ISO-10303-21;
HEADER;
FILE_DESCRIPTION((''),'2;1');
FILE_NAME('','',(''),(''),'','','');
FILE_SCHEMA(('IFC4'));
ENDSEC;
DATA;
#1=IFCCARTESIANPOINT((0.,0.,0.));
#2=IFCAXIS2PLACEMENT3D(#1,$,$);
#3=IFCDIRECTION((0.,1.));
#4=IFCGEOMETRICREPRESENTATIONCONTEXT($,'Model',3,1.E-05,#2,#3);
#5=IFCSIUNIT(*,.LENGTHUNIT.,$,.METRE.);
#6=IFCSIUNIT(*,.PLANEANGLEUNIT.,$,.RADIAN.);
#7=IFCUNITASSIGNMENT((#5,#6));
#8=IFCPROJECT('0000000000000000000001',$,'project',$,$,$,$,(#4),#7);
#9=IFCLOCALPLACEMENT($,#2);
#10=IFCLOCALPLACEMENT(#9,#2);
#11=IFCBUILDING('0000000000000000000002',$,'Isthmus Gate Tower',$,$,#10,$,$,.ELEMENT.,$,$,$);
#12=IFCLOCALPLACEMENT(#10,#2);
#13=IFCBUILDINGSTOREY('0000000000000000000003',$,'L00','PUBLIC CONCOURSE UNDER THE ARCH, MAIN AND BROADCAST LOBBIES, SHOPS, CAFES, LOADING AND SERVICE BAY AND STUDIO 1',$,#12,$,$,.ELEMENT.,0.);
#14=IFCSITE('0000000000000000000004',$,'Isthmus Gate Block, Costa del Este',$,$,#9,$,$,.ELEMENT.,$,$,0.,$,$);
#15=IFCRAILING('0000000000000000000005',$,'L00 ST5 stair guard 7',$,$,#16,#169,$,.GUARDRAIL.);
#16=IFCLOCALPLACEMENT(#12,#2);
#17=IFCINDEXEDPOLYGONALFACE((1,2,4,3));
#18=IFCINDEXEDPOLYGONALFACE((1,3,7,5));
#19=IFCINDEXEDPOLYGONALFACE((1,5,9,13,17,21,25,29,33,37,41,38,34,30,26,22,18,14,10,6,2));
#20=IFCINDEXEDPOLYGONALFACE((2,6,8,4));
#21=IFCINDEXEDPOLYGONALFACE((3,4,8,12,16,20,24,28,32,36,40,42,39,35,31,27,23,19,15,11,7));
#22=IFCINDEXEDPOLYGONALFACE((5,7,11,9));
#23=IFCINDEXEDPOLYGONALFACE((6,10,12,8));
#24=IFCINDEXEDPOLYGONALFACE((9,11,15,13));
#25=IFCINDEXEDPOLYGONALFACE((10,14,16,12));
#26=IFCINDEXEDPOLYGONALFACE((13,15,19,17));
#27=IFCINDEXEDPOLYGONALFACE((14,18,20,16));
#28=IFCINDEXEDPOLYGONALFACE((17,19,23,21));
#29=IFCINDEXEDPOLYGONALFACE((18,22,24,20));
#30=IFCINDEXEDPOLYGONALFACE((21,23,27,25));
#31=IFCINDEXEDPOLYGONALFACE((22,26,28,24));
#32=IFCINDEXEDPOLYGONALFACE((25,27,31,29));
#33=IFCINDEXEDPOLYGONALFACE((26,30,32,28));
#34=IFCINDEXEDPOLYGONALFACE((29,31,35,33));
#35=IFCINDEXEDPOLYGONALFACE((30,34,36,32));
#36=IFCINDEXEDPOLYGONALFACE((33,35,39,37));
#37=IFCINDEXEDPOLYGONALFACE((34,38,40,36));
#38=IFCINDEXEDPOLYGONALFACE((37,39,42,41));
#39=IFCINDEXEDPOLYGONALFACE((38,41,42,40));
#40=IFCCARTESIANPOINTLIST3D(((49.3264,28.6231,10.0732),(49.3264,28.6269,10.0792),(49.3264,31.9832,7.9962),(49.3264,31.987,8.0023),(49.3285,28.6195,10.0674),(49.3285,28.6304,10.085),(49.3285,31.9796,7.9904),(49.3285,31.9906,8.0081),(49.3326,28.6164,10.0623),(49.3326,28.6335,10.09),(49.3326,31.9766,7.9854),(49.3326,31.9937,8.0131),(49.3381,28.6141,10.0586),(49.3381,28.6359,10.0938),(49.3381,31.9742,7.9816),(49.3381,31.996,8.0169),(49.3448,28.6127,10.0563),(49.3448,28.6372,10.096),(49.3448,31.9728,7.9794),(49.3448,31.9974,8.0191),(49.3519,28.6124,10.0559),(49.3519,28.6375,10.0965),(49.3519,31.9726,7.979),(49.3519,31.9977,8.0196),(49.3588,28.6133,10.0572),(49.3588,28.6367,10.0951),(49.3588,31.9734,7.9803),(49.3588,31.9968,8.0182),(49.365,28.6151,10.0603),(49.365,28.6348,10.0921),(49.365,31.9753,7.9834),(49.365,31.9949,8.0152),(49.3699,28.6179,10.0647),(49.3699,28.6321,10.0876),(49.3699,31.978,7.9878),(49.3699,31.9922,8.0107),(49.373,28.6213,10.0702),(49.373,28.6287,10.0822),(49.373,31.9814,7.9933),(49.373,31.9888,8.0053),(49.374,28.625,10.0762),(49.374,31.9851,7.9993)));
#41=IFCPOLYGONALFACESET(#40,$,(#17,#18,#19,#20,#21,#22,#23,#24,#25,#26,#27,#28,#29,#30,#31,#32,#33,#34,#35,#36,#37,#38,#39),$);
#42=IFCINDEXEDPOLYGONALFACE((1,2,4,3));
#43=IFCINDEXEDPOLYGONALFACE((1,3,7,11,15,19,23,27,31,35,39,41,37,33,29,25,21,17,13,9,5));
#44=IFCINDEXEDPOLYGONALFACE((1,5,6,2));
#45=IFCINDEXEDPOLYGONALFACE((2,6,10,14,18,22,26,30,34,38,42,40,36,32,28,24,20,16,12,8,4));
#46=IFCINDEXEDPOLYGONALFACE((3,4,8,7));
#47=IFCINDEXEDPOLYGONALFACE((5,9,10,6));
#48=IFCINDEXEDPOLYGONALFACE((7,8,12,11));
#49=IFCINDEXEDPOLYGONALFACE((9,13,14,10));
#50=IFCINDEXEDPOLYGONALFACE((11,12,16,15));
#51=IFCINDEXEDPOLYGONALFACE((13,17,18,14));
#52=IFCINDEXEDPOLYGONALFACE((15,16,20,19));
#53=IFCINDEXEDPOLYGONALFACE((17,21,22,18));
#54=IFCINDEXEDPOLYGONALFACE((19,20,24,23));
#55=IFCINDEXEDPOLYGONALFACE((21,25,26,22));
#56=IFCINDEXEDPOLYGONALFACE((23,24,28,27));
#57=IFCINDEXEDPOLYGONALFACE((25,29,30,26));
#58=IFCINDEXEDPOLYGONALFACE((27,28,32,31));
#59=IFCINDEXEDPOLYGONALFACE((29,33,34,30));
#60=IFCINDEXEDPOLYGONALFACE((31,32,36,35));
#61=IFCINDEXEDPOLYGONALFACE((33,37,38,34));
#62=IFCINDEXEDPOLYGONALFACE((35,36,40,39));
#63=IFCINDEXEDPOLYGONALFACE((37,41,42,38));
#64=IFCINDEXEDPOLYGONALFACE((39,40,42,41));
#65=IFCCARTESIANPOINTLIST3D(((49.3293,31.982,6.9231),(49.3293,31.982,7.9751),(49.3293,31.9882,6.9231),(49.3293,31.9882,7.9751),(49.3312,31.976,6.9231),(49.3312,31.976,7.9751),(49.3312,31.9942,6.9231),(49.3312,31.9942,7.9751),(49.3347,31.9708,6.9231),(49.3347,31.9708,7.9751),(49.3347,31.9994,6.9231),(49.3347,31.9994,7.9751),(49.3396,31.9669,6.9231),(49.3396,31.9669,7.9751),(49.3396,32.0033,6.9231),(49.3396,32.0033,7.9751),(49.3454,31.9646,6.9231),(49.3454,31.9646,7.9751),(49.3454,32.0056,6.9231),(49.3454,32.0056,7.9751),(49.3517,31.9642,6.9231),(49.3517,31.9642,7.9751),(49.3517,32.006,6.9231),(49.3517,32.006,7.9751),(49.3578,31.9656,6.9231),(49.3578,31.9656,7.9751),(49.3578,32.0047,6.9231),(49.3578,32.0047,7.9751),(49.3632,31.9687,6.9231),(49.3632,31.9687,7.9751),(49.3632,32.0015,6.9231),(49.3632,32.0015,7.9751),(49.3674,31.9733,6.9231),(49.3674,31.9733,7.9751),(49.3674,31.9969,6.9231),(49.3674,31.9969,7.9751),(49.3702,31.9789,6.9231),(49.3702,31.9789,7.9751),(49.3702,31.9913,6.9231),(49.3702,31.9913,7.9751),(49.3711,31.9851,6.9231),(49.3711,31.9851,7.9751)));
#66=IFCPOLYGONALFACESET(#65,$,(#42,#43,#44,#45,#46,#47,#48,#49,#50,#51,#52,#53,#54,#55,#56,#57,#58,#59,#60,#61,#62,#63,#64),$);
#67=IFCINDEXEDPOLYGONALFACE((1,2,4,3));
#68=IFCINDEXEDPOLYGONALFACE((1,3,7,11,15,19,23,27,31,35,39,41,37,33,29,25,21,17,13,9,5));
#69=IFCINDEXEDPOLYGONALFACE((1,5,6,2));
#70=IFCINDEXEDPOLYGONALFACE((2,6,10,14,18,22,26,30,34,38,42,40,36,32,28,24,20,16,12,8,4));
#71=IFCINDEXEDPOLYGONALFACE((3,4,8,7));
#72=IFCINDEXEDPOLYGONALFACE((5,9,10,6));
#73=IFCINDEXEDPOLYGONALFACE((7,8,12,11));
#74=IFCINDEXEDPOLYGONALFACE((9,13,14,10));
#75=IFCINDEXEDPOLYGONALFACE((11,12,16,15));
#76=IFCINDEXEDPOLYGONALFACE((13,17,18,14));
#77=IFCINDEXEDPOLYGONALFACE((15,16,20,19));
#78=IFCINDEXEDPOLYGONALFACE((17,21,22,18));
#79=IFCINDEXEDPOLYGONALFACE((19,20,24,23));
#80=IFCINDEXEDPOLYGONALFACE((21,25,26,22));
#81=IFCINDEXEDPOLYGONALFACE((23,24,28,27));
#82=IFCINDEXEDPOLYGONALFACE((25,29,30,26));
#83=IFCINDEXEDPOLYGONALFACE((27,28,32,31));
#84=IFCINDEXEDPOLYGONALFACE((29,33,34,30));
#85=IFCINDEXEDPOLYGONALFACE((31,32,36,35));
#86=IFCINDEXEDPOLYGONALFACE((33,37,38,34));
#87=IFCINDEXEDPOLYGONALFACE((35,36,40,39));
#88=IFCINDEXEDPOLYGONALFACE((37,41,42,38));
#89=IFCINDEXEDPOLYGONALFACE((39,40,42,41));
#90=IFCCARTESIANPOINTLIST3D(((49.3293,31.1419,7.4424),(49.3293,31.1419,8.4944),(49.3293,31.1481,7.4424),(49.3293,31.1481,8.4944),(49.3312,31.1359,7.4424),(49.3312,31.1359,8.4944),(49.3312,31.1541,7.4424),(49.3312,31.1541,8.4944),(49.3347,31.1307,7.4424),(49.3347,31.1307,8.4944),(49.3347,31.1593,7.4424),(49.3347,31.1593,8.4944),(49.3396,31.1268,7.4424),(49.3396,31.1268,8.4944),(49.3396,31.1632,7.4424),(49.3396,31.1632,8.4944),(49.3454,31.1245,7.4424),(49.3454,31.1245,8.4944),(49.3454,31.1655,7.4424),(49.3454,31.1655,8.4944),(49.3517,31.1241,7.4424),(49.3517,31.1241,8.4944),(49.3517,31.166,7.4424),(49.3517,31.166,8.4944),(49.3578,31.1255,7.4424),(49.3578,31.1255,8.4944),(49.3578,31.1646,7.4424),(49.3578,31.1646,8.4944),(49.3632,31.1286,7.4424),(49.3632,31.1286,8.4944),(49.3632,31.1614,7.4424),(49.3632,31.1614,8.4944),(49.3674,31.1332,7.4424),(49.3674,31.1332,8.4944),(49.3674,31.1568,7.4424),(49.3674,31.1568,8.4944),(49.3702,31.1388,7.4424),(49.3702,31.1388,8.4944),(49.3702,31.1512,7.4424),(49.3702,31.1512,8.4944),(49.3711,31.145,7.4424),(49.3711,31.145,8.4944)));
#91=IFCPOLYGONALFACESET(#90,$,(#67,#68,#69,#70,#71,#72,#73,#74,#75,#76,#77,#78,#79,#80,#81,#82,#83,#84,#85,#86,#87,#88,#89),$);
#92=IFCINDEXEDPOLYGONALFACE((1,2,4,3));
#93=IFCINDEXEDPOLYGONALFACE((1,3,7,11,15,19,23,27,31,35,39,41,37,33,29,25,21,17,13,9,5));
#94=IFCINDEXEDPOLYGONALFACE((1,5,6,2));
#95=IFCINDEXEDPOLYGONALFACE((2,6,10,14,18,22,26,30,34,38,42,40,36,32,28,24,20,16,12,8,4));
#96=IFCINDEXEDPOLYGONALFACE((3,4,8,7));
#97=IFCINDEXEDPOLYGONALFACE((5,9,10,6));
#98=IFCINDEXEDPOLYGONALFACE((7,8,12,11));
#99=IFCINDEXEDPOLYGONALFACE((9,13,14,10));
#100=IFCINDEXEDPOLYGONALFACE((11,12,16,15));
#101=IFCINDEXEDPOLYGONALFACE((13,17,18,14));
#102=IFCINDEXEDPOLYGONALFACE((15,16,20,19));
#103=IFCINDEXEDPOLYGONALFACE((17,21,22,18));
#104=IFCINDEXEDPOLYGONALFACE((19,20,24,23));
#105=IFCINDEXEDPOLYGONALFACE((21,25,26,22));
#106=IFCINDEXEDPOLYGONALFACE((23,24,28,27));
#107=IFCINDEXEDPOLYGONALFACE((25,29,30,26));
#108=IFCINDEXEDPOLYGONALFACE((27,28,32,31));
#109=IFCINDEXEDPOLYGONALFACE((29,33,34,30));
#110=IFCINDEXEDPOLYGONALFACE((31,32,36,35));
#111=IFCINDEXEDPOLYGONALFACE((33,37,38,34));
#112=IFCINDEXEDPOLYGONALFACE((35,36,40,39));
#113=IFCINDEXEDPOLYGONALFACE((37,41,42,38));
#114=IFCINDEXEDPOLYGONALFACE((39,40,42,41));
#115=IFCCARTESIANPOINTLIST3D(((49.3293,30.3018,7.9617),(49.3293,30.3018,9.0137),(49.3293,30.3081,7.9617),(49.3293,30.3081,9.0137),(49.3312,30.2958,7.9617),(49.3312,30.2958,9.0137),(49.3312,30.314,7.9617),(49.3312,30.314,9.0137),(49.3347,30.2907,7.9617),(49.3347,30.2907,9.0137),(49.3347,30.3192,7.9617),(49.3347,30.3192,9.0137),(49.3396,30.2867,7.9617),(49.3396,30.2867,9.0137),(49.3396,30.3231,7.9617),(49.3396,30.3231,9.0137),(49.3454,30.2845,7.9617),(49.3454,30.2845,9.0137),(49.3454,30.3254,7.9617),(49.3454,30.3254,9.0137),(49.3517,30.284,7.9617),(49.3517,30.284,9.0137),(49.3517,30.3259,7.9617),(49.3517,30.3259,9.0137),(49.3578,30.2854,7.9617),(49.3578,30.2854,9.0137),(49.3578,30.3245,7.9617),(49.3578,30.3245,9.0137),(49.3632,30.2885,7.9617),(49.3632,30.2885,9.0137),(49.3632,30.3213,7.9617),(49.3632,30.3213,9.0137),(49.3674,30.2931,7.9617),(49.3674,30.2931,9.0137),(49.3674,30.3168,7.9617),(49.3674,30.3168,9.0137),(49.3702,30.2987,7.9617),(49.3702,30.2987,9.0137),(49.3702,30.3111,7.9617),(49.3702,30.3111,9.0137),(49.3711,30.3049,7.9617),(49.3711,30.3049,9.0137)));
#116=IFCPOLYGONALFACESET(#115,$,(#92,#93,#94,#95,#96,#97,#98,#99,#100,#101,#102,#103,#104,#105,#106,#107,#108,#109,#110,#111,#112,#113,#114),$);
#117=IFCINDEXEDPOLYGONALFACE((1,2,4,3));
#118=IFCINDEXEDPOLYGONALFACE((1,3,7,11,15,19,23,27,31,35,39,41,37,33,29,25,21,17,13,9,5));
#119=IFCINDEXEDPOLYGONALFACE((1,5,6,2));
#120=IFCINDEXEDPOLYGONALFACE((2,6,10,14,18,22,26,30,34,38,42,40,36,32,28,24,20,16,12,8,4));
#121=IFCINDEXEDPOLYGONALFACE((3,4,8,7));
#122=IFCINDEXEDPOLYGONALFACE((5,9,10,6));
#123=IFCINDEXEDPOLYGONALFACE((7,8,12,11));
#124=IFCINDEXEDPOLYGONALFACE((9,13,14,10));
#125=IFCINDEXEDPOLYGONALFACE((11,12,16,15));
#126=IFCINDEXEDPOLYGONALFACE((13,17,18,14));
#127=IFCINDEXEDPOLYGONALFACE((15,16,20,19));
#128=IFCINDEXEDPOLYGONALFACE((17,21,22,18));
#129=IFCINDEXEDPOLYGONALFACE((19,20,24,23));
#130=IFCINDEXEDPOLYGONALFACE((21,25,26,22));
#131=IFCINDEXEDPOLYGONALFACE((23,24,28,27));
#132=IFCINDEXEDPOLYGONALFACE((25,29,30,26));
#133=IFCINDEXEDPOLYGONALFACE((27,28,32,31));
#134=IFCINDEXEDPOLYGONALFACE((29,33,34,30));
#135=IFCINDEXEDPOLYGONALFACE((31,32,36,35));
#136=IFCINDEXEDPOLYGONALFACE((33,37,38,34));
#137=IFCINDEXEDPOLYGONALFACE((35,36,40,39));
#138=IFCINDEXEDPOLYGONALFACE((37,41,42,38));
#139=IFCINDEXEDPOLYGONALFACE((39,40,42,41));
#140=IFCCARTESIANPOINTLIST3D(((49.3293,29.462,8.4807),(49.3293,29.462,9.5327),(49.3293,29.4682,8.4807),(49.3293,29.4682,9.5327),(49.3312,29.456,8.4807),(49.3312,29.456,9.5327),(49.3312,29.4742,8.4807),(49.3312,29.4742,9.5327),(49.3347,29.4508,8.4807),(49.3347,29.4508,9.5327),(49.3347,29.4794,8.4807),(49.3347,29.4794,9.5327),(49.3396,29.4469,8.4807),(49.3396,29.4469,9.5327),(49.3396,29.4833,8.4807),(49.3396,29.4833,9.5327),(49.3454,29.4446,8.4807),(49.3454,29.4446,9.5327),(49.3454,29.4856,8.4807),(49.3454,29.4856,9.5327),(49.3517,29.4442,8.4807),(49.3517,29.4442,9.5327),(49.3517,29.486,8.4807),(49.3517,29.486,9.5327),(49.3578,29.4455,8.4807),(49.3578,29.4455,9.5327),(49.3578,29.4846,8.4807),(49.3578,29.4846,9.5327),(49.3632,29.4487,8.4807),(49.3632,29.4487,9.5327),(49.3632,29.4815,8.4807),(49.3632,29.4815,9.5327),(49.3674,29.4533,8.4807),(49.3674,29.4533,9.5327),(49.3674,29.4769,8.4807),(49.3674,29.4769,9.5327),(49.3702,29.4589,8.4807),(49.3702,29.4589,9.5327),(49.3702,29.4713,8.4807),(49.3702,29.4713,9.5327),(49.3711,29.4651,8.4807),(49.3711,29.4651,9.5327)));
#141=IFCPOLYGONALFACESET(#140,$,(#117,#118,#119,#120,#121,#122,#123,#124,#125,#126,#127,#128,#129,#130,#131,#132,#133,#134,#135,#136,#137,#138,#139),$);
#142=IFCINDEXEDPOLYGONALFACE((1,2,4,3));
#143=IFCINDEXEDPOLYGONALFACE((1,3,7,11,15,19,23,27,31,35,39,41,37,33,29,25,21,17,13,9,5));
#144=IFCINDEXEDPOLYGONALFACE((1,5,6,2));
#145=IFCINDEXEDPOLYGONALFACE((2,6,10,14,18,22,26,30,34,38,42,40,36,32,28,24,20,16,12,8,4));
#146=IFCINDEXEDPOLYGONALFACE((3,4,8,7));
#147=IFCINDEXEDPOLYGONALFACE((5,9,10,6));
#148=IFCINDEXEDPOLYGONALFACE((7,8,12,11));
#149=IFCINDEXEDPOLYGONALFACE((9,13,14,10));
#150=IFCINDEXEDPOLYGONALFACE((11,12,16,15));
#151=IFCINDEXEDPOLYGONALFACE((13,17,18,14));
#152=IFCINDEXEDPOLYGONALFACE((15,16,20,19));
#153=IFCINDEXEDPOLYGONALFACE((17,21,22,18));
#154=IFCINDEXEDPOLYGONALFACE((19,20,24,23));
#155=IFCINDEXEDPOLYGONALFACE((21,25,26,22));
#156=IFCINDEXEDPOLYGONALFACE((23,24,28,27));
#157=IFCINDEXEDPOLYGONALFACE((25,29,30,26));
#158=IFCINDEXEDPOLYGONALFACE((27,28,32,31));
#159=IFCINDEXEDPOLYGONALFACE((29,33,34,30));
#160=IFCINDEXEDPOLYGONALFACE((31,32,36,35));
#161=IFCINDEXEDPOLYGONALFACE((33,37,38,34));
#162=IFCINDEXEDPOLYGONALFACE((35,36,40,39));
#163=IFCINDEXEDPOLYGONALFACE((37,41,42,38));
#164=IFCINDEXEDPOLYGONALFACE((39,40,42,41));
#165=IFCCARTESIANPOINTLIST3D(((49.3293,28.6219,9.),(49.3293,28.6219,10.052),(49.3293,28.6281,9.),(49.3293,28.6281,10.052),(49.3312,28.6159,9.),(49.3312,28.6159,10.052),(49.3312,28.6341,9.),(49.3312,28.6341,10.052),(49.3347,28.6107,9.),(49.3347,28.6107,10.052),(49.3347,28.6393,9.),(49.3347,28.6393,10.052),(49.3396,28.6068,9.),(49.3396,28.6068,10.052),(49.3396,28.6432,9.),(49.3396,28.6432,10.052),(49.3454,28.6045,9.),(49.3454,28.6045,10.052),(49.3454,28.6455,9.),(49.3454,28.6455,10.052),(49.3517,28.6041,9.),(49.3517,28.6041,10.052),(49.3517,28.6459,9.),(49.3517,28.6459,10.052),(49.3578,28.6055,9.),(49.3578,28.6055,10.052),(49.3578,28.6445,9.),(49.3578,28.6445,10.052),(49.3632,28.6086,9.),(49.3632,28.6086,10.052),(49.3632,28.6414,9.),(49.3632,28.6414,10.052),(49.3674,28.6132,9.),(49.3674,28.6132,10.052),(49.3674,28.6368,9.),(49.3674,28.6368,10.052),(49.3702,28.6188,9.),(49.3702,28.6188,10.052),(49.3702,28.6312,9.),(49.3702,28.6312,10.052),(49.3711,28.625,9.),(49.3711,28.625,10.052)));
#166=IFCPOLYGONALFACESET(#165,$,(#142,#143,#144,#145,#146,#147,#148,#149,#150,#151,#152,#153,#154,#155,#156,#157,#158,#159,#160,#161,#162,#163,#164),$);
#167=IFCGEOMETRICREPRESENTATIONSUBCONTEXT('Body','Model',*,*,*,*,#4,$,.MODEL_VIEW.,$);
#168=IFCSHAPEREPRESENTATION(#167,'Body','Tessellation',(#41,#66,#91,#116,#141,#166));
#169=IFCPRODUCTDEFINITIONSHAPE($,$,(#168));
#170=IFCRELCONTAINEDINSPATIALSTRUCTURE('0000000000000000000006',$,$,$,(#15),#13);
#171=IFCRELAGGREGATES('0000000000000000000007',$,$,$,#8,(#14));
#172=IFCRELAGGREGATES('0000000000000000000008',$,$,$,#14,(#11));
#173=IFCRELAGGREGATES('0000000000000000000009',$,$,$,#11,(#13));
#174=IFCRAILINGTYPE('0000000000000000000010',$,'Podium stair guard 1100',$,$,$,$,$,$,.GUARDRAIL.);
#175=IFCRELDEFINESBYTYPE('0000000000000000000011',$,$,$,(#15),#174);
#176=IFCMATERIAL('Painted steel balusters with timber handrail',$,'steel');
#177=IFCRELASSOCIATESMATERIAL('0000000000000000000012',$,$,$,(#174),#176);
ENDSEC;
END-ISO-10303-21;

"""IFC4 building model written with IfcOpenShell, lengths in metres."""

from ifc_helpers import new_model, si_unit, direction, frame, origin, origin_2d, place, context, subcontext, project, spatial, circle, extrude, material, type_object, element, save


model = new_model("IFC4")

# Units and contexts
model_context = context("Model", 3, precision=1e-05, world=origin(), true_north=direction((0.0, 1.0)))
body_context = subcontext(model_context, "Body", "Model", "MODEL_VIEW")
ifc_project = project(units=[si_unit("LENGTHUNIT", "METRE"), si_unit("PLANEANGLEUNIT", "RADIAN")], contexts=[model_context])

# Site, building, storey
site_placement = place(None, origin())
site = spatial("IfcSite", under=ifc_project, at=site_placement, Name="Isthmus Gate Block, Costa del Este", CompositionType="ELEMENT", RefElevation=0.0)
building_placement = place(site_placement, origin())
building = spatial("IfcBuilding", under=site, at=building_placement, Name="Isthmus Gate Tower", CompositionType="ELEMENT")
storey_placement = place(building_placement, origin())
storey = spatial("IfcBuildingStorey", under=building, at=storey_placement, Name="L00", Description="PUBLIC CONCOURSE UNDER THE ARCH, MAIN AND BROADCAST LOBBIES, SHOPS, CAFES, LOADING AND SERVICE BAY AND STUDIO 1", CompositionType="ELEMENT", Elevation=0.0)

# Railing
ifc_material_1 = material(Name="Painted steel balusters with timber handrail", Category="steel")
railing_type_1 = type_object("IfcRailingType", Name="Podium stair guard 1100", PredefinedType="GUARDRAIL", material=ifc_material_1)
railing_1_placement = place(storey_placement, frame((49.3501, 31.9851, 6.9231)))
element("IfcRailing", 1, at=railing_1_placement, inside=storey, type_object=railing_type_1, Name="L00 ST5 stair guard 7", PredefinedType="GUARDRAIL", context=body_context, shape_type="SweptSolid", body=[
    extrude(circle(Radius=0.0239, at=origin_2d()), frame((0.0, 0.0, 1.0762), z_axis=(0.0, -0.850623, 0.525776), x_axis=(1.0, 0.0, 0.0)), (0.0, 0.0, 1.0), 3.9502),
    extrude(circle(Radius=0.021, at=origin_2d()), origin(), (0.0, 0.0, 1.0), 1.052),
    extrude(circle(Radius=0.021, at=origin_2d()), frame((0.0, -0.8401, 0.5193)), (0.0, 0.0, 1.0), 1.052),
    extrude(circle(Radius=0.021, at=origin_2d()), frame((0.0, -1.6802, 1.0386)), (0.0, 0.0, 1.0), 1.052),
    extrude(circle(Radius=0.021, at=origin_2d()), frame((0.0, -2.52, 1.5576)), (0.0, 0.0, 1.0), 1.052),
    extrude(circle(Radius=0.021, at=origin_2d()), frame((0.0, -3.3601, 2.0769)), (0.0, 0.0, 1.0), 1.052),
])

save(model, "model.ifc")
